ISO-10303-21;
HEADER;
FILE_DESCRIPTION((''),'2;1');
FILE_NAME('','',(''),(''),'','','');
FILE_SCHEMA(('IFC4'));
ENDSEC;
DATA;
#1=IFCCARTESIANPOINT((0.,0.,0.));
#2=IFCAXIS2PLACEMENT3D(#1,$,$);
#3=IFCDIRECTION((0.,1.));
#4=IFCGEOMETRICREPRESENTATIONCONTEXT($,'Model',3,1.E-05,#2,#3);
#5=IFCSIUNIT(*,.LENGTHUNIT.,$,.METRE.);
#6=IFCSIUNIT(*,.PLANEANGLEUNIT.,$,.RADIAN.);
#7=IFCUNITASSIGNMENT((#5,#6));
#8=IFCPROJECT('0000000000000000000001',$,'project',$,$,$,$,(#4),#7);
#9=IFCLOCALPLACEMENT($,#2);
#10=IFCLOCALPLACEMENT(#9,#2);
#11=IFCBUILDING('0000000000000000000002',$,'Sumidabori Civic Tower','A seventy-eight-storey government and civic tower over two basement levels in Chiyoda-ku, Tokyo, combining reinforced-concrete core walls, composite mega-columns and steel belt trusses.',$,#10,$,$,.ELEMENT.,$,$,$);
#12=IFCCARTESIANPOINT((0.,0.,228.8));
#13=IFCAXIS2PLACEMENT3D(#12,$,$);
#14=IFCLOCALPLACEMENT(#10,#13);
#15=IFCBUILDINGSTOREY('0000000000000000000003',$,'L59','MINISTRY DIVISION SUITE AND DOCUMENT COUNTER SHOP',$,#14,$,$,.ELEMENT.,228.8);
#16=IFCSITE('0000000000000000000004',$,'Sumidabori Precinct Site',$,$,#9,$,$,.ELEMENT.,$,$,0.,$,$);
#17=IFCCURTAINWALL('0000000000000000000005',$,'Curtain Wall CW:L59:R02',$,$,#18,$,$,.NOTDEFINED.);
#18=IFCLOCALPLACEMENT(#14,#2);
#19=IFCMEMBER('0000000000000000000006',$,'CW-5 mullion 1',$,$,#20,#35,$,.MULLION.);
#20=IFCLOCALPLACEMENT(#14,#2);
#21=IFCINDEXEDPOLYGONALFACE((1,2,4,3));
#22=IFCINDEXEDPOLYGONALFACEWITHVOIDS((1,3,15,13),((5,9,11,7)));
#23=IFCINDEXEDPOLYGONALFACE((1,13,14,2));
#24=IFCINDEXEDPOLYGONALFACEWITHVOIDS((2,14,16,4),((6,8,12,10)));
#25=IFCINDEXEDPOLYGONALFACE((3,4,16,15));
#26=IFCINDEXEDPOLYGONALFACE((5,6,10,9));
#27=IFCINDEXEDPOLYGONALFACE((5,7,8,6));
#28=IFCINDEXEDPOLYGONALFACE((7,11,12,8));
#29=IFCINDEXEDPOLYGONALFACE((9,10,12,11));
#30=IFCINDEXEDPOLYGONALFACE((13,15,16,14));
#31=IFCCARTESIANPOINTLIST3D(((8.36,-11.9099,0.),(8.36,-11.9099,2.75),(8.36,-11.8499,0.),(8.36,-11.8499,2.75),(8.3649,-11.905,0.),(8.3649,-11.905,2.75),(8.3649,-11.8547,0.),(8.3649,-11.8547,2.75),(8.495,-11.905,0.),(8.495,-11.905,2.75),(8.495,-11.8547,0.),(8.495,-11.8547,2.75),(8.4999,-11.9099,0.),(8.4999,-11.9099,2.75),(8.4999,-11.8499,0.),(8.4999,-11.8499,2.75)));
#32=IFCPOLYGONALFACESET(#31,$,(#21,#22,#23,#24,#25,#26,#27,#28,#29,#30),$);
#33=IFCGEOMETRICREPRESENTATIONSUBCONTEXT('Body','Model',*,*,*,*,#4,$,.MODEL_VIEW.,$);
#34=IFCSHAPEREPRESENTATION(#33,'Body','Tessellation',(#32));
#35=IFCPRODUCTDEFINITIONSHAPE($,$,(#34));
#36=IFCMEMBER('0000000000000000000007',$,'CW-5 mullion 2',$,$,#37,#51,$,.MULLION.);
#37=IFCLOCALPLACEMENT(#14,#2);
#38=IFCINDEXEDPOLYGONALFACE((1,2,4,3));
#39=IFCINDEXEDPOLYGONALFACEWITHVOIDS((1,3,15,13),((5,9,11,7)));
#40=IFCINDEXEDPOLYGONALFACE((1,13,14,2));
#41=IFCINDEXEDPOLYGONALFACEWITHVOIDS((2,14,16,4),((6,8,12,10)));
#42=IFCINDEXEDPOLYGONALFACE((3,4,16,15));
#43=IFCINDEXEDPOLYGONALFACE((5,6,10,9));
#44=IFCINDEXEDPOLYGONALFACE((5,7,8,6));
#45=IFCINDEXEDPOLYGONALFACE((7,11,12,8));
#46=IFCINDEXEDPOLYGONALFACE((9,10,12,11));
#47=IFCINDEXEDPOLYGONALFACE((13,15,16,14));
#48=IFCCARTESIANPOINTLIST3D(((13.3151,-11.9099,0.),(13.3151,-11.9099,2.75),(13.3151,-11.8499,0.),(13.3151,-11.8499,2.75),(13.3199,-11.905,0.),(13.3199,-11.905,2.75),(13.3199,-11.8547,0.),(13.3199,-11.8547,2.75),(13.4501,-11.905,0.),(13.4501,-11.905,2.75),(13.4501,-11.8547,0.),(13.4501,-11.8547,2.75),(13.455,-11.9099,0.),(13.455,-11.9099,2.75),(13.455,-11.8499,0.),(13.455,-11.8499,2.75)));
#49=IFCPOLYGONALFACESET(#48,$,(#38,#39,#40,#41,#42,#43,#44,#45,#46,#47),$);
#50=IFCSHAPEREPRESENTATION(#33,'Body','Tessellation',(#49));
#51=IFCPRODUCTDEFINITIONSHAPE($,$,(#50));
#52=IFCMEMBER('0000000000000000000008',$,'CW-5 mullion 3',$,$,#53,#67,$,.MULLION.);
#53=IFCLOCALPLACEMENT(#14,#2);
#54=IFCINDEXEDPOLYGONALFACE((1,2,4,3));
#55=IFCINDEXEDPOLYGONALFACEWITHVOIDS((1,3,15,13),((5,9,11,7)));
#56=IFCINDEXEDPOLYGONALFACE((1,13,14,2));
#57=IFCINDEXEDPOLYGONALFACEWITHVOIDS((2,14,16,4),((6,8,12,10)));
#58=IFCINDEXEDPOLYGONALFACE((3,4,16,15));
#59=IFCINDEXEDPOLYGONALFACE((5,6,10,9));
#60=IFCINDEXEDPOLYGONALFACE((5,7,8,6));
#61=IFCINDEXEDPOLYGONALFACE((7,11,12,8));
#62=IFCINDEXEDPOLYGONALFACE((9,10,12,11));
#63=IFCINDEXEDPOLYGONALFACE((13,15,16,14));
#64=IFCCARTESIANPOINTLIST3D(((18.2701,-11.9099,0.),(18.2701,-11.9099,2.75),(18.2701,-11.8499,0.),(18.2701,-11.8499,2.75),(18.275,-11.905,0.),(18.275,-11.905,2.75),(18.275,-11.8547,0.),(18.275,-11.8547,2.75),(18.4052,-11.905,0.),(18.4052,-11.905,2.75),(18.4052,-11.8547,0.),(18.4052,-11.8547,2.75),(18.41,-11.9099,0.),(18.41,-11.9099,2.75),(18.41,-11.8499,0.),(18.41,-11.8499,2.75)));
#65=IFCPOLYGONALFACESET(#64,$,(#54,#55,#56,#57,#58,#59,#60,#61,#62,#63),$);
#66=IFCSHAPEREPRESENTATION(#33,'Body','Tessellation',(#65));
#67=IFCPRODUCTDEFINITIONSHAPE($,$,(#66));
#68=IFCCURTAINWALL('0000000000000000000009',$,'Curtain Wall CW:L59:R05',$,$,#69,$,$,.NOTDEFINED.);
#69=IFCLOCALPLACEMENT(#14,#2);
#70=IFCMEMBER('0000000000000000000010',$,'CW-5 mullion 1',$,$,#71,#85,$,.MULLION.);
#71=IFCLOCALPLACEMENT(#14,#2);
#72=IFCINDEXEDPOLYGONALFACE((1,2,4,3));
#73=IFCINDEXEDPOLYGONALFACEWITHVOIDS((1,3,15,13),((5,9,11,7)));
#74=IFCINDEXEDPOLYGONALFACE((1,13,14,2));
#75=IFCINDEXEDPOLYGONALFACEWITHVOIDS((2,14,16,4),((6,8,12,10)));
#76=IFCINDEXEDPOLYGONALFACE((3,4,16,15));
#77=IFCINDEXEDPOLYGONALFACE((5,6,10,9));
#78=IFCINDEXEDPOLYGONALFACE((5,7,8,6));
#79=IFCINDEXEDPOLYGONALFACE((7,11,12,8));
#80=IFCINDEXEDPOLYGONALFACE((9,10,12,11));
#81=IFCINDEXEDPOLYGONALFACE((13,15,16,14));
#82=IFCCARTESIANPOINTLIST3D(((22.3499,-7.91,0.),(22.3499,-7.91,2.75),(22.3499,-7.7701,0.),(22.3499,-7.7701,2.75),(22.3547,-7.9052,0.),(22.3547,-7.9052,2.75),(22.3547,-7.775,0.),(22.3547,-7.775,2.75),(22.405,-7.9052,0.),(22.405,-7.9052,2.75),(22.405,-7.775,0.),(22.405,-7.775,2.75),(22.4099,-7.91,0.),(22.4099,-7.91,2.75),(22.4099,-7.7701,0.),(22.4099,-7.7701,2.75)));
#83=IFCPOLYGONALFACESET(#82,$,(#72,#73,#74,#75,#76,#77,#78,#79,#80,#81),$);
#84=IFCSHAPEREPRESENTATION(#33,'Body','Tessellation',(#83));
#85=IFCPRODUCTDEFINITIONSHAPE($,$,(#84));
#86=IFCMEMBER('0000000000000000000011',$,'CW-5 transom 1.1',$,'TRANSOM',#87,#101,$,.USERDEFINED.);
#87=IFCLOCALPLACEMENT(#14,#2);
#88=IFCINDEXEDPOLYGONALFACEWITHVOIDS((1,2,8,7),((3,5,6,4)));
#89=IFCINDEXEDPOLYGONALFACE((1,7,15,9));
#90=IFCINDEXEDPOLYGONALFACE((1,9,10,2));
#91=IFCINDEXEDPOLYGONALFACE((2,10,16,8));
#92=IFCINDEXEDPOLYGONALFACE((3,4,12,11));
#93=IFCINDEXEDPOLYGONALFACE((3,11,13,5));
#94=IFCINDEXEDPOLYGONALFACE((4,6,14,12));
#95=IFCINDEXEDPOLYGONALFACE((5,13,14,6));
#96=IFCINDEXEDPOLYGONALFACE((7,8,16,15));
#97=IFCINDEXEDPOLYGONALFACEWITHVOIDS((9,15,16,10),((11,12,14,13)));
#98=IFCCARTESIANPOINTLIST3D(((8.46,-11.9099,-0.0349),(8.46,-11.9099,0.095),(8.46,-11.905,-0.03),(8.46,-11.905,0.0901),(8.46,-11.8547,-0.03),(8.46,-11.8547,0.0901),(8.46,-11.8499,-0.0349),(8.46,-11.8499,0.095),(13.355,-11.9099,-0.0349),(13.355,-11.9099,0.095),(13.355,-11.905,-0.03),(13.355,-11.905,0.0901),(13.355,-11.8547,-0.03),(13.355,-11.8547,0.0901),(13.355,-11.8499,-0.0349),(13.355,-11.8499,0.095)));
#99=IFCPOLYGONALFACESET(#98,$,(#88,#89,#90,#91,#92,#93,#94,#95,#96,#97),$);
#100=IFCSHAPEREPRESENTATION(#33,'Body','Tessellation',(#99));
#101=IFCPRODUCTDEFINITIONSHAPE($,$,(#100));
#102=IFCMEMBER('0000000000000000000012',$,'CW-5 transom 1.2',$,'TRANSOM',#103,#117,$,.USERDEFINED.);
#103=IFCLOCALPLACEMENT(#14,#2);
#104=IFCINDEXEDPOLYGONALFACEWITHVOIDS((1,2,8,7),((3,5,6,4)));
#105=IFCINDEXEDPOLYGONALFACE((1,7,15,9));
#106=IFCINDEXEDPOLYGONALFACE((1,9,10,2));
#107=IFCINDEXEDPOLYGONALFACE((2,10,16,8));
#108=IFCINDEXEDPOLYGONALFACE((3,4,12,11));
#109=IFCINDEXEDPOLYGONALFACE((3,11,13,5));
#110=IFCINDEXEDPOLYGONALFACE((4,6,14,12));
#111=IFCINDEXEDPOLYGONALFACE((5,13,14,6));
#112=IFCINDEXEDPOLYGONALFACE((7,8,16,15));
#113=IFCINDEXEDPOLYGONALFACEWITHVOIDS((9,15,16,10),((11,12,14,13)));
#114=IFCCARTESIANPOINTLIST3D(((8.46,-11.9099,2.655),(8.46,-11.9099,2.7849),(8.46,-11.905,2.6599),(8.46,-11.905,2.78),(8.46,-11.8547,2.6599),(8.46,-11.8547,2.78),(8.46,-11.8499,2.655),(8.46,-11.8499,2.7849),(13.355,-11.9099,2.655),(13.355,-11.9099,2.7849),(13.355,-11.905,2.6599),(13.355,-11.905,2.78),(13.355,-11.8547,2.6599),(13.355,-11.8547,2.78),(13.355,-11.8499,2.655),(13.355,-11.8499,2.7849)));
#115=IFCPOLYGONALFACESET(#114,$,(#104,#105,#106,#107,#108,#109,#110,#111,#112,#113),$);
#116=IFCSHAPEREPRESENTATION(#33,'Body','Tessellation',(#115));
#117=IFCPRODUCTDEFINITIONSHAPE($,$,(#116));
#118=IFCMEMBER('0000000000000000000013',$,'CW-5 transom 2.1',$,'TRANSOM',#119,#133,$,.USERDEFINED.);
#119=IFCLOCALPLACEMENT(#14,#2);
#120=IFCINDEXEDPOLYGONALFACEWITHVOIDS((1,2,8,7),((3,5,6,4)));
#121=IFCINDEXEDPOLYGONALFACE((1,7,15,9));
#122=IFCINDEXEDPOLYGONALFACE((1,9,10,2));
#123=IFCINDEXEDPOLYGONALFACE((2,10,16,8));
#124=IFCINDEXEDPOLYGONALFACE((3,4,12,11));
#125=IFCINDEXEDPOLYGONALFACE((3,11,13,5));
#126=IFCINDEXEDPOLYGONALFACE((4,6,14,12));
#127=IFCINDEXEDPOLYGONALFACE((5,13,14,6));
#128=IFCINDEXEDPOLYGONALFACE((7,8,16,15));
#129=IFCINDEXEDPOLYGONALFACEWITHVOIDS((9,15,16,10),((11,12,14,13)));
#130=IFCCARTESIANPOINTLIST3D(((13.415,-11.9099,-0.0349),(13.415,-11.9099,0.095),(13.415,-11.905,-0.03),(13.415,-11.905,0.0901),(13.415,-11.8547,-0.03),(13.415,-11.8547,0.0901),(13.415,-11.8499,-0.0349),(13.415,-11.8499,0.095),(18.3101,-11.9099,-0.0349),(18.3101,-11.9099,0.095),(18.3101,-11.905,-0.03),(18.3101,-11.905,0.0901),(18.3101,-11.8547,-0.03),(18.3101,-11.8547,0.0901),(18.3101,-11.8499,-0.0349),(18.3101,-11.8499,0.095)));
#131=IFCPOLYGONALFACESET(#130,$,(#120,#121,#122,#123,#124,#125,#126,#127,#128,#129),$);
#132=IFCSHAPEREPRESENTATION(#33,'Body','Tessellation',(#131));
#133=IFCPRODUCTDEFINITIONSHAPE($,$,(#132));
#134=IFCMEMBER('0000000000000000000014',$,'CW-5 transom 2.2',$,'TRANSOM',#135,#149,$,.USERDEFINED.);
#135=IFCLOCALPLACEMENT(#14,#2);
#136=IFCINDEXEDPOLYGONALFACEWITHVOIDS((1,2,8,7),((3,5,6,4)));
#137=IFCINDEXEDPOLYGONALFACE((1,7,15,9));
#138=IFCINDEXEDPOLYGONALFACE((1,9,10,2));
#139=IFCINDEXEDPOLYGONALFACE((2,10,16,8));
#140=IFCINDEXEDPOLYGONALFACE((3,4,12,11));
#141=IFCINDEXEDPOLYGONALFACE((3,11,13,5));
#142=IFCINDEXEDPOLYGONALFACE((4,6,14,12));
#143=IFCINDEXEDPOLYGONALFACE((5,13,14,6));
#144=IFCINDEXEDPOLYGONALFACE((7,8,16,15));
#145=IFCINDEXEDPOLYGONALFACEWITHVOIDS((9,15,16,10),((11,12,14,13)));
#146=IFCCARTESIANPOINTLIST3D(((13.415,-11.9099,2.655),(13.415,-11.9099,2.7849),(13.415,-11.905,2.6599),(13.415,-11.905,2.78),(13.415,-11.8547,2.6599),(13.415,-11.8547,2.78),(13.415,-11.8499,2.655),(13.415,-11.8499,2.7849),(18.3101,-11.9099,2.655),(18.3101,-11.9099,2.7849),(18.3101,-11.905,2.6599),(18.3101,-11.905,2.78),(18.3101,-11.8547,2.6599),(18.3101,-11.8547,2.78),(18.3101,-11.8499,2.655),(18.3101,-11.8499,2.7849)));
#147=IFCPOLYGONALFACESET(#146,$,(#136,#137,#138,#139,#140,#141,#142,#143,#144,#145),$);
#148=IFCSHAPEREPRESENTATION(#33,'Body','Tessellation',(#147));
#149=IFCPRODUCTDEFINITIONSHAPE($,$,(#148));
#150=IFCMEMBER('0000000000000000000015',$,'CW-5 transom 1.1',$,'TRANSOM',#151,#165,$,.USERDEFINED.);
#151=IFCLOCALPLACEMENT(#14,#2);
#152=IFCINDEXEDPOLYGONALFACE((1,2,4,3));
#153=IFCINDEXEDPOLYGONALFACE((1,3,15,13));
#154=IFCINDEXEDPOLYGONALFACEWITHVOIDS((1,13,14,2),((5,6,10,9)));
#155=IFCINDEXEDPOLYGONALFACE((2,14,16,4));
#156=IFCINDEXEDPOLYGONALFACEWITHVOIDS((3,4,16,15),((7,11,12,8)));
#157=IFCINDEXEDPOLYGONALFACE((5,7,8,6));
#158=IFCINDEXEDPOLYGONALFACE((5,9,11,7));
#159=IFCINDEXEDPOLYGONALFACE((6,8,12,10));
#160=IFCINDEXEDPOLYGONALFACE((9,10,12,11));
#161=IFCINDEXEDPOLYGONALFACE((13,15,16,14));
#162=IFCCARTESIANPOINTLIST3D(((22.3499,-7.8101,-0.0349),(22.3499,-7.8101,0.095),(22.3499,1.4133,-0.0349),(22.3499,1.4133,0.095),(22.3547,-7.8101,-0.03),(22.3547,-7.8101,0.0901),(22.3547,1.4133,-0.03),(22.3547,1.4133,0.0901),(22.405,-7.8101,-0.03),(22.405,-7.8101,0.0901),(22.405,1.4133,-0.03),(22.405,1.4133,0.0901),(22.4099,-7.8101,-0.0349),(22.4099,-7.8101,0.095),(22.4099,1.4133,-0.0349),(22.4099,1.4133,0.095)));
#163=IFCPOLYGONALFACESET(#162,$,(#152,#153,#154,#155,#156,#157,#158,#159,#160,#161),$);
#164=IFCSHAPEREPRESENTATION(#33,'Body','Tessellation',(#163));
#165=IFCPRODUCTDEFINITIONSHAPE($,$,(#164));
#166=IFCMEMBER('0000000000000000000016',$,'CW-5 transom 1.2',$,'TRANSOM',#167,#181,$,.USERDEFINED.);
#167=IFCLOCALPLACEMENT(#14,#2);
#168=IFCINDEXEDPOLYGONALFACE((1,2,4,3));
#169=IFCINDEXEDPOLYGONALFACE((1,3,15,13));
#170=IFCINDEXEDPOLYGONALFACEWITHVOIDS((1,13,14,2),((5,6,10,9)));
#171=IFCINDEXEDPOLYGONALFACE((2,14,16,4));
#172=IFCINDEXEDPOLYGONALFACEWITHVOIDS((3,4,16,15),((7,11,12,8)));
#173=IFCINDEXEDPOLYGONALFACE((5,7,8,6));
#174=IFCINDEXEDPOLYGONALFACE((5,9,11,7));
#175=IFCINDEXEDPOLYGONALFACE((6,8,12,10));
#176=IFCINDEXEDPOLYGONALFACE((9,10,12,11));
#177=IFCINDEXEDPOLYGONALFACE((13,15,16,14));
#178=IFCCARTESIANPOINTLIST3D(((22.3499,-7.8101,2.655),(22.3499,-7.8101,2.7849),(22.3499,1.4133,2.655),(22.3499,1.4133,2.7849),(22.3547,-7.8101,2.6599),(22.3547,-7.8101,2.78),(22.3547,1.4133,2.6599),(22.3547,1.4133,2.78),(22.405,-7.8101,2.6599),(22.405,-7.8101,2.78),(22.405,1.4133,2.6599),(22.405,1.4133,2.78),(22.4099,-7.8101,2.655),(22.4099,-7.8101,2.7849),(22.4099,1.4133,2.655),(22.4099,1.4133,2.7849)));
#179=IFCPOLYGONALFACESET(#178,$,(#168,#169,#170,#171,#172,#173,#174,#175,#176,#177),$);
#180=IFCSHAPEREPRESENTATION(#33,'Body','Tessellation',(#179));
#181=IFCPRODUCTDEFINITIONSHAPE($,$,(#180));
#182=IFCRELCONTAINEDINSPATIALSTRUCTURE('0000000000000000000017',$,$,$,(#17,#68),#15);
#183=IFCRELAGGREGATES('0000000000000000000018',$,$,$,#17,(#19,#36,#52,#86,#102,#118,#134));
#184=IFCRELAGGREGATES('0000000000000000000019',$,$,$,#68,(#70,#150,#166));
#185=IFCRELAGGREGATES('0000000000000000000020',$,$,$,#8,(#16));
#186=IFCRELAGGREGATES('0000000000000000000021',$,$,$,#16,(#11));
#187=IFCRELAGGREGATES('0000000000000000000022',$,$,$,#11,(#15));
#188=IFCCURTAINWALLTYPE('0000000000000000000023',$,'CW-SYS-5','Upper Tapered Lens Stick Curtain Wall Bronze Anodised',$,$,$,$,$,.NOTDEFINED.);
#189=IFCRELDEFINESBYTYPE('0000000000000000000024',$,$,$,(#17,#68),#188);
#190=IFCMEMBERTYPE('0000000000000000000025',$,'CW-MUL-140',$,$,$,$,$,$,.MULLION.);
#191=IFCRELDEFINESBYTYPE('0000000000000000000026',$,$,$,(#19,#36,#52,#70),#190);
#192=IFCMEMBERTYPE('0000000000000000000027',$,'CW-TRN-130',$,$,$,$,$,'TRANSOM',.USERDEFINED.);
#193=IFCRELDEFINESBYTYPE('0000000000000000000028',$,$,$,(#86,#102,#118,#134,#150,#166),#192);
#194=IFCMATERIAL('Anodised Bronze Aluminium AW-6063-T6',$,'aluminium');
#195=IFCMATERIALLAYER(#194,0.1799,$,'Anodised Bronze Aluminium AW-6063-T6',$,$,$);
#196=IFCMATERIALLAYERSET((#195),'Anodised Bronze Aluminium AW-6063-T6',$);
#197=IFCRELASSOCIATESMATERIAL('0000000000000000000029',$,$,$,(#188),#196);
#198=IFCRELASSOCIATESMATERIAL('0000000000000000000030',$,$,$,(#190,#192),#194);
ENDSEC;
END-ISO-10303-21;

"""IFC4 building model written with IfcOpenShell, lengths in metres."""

from ifc_helpers import new_model, si_unit, direction, frame, origin, origin_2d, place, context, subcontext, project, spatial, hollow_rectangle, extrude, source, transform, mapped, material, layer, layer_set, material_profile, profile_set, type_object, element, aggregate, save


model = new_model("IFC4")

# Units and contexts
model_context = context("Model", 3, precision=1e-05, world=origin(), true_north=direction((0.0, 1.0)))
body_context = subcontext(model_context, "Body", "Model", "MODEL_VIEW")
ifc_project = project(units=[si_unit("LENGTHUNIT", "METRE"), si_unit("PLANEANGLEUNIT", "RADIAN")], contexts=[model_context])

# Site, building, storey
site_placement = place(None, origin())
site = spatial("IfcSite", under=ifc_project, at=site_placement, Name="Sumidabori Precinct Site", CompositionType="ELEMENT", RefElevation=0.0)
building_placement = place(site_placement, origin())
building = spatial("IfcBuilding", under=site, at=building_placement, Name="Sumidabori Civic Tower", Description="A seventy-eight-storey government and civic tower over two basement levels in Chiyoda-ku, Tokyo, combining reinforced-concrete core walls, composite mega-columns and steel belt trusses.", CompositionType="ELEMENT")
storey_placement = place(building_placement, frame((0.0, 0.0, 228.8)))
storey = spatial("IfcBuildingStorey", under=building, at=storey_placement, Name="L59", Description="MINISTRY DIVISION SUITE AND DOCUMENT COUNTER SHOP", CompositionType="ELEMENT", Elevation=228.8)

# Curtain wall, members
ifc_material_1 = material(Name="Anodised Bronze Aluminium AW-6063-T6", Category="aluminium")
ifc_layer_1 = layer(ifc_material_1, 0.1799, Name="Anodised Bronze Aluminium AW-6063-T6")
ifc_layer_set_1 = layer_set([ifc_layer_1], Name="Anodised Bronze Aluminium AW-6063-T6")
curtain_wall_type = type_object("IfcCurtainWallType", Name="CW-SYS-5", Description="Upper Tapered Lens Stick Curtain Wall Bronze Anodised", PredefinedType="NOTDEFINED", material=ifc_layer_set_1)
curtain_wall_1_placement = place(storey_placement, origin())
curtain_wall_1 = element("IfcCurtainWall", 1, at=curtain_wall_1_placement, inside=storey, type_object=curtain_wall_type, Name="Curtain Wall CW:L59:R02", PredefinedType="NOTDEFINED")
ifc_material_profile_1 = material_profile(ifc_material_1, hollow_rectangle(XDim=0.0601, YDim=0.1399, WallThickness=0.0049, at=origin_2d()), Name="ALU MULLION 140x60")
ifc_profile_set_1 = profile_set([ifc_material_profile_1], Name="Anodised Bronze Aluminium AW-6063-T6")
member_type_1 = type_object("IfcMemberType", Name="CW-MUL-140", PredefinedType="MULLION", material=ifc_profile_set_1)
shared_shape_1 = source(origin(), body_context, "Body", "SweptSolid", [
    extrude(hollow_rectangle(XDim=0.0601, YDim=0.1399, WallThickness=0.0049, at=origin_2d()), origin(), (0.0, 0.0, 1.0), 2.75),
])
member_1_placement = place(storey_placement, frame((8.4299, -11.8799, 0.0), z_axis=(0.0, 0.0, 1.0), x_axis=(0.0, 1.0, 0.0)))
member_1 = element("IfcMember", 2, at=member_1_placement, type_object=member_type_1, Name="CW-5 mullion 1", PredefinedType="MULLION", context=body_context, shape_type="MappedRepresentation", body=[
    mapped(shared_shape_1, transform((0.0, 0.0, 0.0), x_axis=(1.0, 0.0, 0.0), y_axis=(0.0, 1.0, 0.0), z_axis=(0.0, 0.0, 1.0), scale=1.0)),
])
member_2_placement = place(storey_placement, frame((13.385, -11.8799, 0.0), z_axis=(0.0, 0.0, 1.0), x_axis=(0.0, 1.0, 0.0)))
member_2 = element("IfcMember", 3, at=member_2_placement, type_object=member_type_1, Name="CW-5 mullion 2", PredefinedType="MULLION", context=body_context, shape_type="MappedRepresentation", body=[
    mapped(shared_shape_1, transform((0.0, 0.0, 0.0), x_axis=(1.0, 0.0, 0.0), y_axis=(0.0, 1.0, 0.0), z_axis=(0.0, 0.0, 1.0), scale=1.0)),
])
member_3_placement = place(storey_placement, frame((18.3401, -11.8799, 0.0), z_axis=(0.0, 0.0, 1.0), x_axis=(0.0, 1.0, 0.0)))
member_3 = element("IfcMember", 4, at=member_3_placement, type_object=member_type_1, Name="CW-5 mullion 3", PredefinedType="MULLION", context=body_context, shape_type="MappedRepresentation", body=[
    mapped(shared_shape_1, transform((0.0, 0.0, 0.0), x_axis=(1.0, 0.0, 0.0), y_axis=(0.0, 1.0, 0.0), z_axis=(0.0, 0.0, 1.0), scale=1.0)),
])

# Curtain wall, member
curtain_wall_2_placement = place(storey_placement, origin())
curtain_wall_2 = element("IfcCurtainWall", 5, at=curtain_wall_2_placement, inside=storey, type_object=curtain_wall_type, Name="Curtain Wall CW:L59:R05", PredefinedType="NOTDEFINED")
member_4_placement = place(storey_placement, frame((22.3799, -7.8401, 0.0), z_axis=(0.0, 0.0, 1.0), x_axis=(-1.0, 0.0, 0.0)))
member_4 = element("IfcMember", 6, at=member_4_placement, type_object=member_type_1, Name="CW-5 mullion 1", PredefinedType="MULLION", context=body_context, shape_type="MappedRepresentation", body=[
    mapped(shared_shape_1, transform((0.0, 0.0, 0.0), x_axis=(1.0, 0.0, 0.0), y_axis=(0.0, 1.0, 0.0), z_axis=(0.0, 0.0, 1.0), scale=1.0)),
])

# Members
ifc_material_profile_2 = material_profile(ifc_material_1, hollow_rectangle(XDim=0.0601, YDim=0.1299, WallThickness=0.0049, at=origin_2d()), Name="ALU TRANSOM 130x60")
ifc_profile_set_2 = profile_set([ifc_material_profile_2], Name="Anodised Bronze Aluminium AW-6063-T6")
member_type_2 = type_object("IfcMemberType", Name="CW-TRN-130", ElementType="TRANSOM", PredefinedType="USERDEFINED", material=ifc_profile_set_2)
shared_shape_2 = source(origin(), body_context, "Body", "SweptSolid", [
    extrude(hollow_rectangle(XDim=0.0601, YDim=0.1299, WallThickness=0.0049, at=origin_2d()), origin(), (0.0, 0.0, 1.0), 4.895),
])
member_5_placement = place(storey_placement, frame((8.46, -11.8799, 0.03), z_axis=(1.0, 0.0, 0.0), x_axis=(0.0, 1.0, 0.0)))
member_5 = element("IfcMember", 7, at=member_5_placement, type_object=member_type_2, Name="CW-5 transom 1.1", ObjectType="TRANSOM", PredefinedType="USERDEFINED", context=body_context, shape_type="MappedRepresentation", body=[
    mapped(shared_shape_2, transform((0.0, 0.0, 0.0), x_axis=(1.0, 0.0, 0.0), y_axis=(0.0, 1.0, 0.0), z_axis=(0.0, 0.0, 1.0), scale=1.0)),
])
member_6_placement = place(storey_placement, frame((8.46, -11.8799, 2.72), z_axis=(1.0, 0.0, 0.0), x_axis=(0.0, 1.0, 0.0)))
member_6 = element("IfcMember", 8, at=member_6_placement, type_object=member_type_2, Name="CW-5 transom 1.2", ObjectType="TRANSOM", PredefinedType="USERDEFINED", context=body_context, shape_type="MappedRepresentation", body=[
    mapped(shared_shape_2, transform((0.0, 0.0, 0.0), x_axis=(1.0, 0.0, 0.0), y_axis=(0.0, 1.0, 0.0), z_axis=(0.0, 0.0, 1.0), scale=1.0)),
])
member_7_placement = place(storey_placement, frame((13.415, -11.8799, 0.03), z_axis=(1.0, 0.0, 0.0), x_axis=(0.0, 1.0, 0.0)))
member_7 = element("IfcMember", 9, at=member_7_placement, type_object=member_type_2, Name="CW-5 transom 2.1", ObjectType="TRANSOM", PredefinedType="USERDEFINED", context=body_context, shape_type="MappedRepresentation", body=[
    mapped(shared_shape_2, transform((0.0, 0.0, 0.0), x_axis=(1.0, 0.0, 0.0), y_axis=(0.0, 1.0, 0.0), z_axis=(0.0, 0.0, 1.0), scale=1.0)),
])
member_8_placement = place(storey_placement, frame((13.415, -11.8799, 2.72), z_axis=(1.0, 0.0, 0.0), x_axis=(0.0, 1.0, 0.0)))
member_8 = element("IfcMember", 10, at=member_8_placement, type_object=member_type_2, Name="CW-5 transom 2.2", ObjectType="TRANSOM", PredefinedType="USERDEFINED", context=body_context, shape_type="MappedRepresentation", body=[
    mapped(shared_shape_2, transform((0.0, 0.0, 0.0), x_axis=(1.0, 0.0, 0.0), y_axis=(0.0, 1.0, 0.0), z_axis=(0.0, 0.0, 1.0), scale=1.0)),
])
shared_shape_3 = source(origin(), body_context, "Body", "SweptSolid", [
    extrude(hollow_rectangle(XDim=0.0601, YDim=0.1299, WallThickness=0.0049, at=origin_2d()), origin(), (0.0, 0.0, 1.0), 9.2234),
])
member_9_placement = place(storey_placement, frame((22.3799, -7.8101, 0.03), z_axis=(0.0, 1.0, 0.0), x_axis=(-1.0, 0.0, 0.0)))
member_9 = element("IfcMember", 11, at=member_9_placement, type_object=member_type_2, Name="CW-5 transom 1.1", ObjectType="TRANSOM", PredefinedType="USERDEFINED", context=body_context, shape_type="MappedRepresentation", body=[
    mapped(shared_shape_3, transform((0.0, 0.0, 0.0), x_axis=(1.0, 0.0, 0.0), y_axis=(0.0, 1.0, 0.0), z_axis=(0.0, 0.0, 1.0), scale=1.0)),
])
member_10_placement = place(storey_placement, frame((22.3799, -7.8101, 2.72), z_axis=(0.0, 1.0, 0.0), x_axis=(-1.0, 0.0, 0.0)))
member_10 = element("IfcMember", 12, at=member_10_placement, type_object=member_type_2, Name="CW-5 transom 1.2", ObjectType="TRANSOM", PredefinedType="USERDEFINED", context=body_context, shape_type="MappedRepresentation", body=[
    mapped(shared_shape_3, transform((0.0, 0.0, 0.0), x_axis=(1.0, 0.0, 0.0), y_axis=(0.0, 1.0, 0.0), z_axis=(0.0, 0.0, 1.0), scale=1.0)),
])

aggregate(curtain_wall_1, [member_1, member_2, member_3, member_5, member_6, member_7, member_8])
aggregate(curtain_wall_2, [member_4, member_9, member_10])

save(model, "model.ifc")
